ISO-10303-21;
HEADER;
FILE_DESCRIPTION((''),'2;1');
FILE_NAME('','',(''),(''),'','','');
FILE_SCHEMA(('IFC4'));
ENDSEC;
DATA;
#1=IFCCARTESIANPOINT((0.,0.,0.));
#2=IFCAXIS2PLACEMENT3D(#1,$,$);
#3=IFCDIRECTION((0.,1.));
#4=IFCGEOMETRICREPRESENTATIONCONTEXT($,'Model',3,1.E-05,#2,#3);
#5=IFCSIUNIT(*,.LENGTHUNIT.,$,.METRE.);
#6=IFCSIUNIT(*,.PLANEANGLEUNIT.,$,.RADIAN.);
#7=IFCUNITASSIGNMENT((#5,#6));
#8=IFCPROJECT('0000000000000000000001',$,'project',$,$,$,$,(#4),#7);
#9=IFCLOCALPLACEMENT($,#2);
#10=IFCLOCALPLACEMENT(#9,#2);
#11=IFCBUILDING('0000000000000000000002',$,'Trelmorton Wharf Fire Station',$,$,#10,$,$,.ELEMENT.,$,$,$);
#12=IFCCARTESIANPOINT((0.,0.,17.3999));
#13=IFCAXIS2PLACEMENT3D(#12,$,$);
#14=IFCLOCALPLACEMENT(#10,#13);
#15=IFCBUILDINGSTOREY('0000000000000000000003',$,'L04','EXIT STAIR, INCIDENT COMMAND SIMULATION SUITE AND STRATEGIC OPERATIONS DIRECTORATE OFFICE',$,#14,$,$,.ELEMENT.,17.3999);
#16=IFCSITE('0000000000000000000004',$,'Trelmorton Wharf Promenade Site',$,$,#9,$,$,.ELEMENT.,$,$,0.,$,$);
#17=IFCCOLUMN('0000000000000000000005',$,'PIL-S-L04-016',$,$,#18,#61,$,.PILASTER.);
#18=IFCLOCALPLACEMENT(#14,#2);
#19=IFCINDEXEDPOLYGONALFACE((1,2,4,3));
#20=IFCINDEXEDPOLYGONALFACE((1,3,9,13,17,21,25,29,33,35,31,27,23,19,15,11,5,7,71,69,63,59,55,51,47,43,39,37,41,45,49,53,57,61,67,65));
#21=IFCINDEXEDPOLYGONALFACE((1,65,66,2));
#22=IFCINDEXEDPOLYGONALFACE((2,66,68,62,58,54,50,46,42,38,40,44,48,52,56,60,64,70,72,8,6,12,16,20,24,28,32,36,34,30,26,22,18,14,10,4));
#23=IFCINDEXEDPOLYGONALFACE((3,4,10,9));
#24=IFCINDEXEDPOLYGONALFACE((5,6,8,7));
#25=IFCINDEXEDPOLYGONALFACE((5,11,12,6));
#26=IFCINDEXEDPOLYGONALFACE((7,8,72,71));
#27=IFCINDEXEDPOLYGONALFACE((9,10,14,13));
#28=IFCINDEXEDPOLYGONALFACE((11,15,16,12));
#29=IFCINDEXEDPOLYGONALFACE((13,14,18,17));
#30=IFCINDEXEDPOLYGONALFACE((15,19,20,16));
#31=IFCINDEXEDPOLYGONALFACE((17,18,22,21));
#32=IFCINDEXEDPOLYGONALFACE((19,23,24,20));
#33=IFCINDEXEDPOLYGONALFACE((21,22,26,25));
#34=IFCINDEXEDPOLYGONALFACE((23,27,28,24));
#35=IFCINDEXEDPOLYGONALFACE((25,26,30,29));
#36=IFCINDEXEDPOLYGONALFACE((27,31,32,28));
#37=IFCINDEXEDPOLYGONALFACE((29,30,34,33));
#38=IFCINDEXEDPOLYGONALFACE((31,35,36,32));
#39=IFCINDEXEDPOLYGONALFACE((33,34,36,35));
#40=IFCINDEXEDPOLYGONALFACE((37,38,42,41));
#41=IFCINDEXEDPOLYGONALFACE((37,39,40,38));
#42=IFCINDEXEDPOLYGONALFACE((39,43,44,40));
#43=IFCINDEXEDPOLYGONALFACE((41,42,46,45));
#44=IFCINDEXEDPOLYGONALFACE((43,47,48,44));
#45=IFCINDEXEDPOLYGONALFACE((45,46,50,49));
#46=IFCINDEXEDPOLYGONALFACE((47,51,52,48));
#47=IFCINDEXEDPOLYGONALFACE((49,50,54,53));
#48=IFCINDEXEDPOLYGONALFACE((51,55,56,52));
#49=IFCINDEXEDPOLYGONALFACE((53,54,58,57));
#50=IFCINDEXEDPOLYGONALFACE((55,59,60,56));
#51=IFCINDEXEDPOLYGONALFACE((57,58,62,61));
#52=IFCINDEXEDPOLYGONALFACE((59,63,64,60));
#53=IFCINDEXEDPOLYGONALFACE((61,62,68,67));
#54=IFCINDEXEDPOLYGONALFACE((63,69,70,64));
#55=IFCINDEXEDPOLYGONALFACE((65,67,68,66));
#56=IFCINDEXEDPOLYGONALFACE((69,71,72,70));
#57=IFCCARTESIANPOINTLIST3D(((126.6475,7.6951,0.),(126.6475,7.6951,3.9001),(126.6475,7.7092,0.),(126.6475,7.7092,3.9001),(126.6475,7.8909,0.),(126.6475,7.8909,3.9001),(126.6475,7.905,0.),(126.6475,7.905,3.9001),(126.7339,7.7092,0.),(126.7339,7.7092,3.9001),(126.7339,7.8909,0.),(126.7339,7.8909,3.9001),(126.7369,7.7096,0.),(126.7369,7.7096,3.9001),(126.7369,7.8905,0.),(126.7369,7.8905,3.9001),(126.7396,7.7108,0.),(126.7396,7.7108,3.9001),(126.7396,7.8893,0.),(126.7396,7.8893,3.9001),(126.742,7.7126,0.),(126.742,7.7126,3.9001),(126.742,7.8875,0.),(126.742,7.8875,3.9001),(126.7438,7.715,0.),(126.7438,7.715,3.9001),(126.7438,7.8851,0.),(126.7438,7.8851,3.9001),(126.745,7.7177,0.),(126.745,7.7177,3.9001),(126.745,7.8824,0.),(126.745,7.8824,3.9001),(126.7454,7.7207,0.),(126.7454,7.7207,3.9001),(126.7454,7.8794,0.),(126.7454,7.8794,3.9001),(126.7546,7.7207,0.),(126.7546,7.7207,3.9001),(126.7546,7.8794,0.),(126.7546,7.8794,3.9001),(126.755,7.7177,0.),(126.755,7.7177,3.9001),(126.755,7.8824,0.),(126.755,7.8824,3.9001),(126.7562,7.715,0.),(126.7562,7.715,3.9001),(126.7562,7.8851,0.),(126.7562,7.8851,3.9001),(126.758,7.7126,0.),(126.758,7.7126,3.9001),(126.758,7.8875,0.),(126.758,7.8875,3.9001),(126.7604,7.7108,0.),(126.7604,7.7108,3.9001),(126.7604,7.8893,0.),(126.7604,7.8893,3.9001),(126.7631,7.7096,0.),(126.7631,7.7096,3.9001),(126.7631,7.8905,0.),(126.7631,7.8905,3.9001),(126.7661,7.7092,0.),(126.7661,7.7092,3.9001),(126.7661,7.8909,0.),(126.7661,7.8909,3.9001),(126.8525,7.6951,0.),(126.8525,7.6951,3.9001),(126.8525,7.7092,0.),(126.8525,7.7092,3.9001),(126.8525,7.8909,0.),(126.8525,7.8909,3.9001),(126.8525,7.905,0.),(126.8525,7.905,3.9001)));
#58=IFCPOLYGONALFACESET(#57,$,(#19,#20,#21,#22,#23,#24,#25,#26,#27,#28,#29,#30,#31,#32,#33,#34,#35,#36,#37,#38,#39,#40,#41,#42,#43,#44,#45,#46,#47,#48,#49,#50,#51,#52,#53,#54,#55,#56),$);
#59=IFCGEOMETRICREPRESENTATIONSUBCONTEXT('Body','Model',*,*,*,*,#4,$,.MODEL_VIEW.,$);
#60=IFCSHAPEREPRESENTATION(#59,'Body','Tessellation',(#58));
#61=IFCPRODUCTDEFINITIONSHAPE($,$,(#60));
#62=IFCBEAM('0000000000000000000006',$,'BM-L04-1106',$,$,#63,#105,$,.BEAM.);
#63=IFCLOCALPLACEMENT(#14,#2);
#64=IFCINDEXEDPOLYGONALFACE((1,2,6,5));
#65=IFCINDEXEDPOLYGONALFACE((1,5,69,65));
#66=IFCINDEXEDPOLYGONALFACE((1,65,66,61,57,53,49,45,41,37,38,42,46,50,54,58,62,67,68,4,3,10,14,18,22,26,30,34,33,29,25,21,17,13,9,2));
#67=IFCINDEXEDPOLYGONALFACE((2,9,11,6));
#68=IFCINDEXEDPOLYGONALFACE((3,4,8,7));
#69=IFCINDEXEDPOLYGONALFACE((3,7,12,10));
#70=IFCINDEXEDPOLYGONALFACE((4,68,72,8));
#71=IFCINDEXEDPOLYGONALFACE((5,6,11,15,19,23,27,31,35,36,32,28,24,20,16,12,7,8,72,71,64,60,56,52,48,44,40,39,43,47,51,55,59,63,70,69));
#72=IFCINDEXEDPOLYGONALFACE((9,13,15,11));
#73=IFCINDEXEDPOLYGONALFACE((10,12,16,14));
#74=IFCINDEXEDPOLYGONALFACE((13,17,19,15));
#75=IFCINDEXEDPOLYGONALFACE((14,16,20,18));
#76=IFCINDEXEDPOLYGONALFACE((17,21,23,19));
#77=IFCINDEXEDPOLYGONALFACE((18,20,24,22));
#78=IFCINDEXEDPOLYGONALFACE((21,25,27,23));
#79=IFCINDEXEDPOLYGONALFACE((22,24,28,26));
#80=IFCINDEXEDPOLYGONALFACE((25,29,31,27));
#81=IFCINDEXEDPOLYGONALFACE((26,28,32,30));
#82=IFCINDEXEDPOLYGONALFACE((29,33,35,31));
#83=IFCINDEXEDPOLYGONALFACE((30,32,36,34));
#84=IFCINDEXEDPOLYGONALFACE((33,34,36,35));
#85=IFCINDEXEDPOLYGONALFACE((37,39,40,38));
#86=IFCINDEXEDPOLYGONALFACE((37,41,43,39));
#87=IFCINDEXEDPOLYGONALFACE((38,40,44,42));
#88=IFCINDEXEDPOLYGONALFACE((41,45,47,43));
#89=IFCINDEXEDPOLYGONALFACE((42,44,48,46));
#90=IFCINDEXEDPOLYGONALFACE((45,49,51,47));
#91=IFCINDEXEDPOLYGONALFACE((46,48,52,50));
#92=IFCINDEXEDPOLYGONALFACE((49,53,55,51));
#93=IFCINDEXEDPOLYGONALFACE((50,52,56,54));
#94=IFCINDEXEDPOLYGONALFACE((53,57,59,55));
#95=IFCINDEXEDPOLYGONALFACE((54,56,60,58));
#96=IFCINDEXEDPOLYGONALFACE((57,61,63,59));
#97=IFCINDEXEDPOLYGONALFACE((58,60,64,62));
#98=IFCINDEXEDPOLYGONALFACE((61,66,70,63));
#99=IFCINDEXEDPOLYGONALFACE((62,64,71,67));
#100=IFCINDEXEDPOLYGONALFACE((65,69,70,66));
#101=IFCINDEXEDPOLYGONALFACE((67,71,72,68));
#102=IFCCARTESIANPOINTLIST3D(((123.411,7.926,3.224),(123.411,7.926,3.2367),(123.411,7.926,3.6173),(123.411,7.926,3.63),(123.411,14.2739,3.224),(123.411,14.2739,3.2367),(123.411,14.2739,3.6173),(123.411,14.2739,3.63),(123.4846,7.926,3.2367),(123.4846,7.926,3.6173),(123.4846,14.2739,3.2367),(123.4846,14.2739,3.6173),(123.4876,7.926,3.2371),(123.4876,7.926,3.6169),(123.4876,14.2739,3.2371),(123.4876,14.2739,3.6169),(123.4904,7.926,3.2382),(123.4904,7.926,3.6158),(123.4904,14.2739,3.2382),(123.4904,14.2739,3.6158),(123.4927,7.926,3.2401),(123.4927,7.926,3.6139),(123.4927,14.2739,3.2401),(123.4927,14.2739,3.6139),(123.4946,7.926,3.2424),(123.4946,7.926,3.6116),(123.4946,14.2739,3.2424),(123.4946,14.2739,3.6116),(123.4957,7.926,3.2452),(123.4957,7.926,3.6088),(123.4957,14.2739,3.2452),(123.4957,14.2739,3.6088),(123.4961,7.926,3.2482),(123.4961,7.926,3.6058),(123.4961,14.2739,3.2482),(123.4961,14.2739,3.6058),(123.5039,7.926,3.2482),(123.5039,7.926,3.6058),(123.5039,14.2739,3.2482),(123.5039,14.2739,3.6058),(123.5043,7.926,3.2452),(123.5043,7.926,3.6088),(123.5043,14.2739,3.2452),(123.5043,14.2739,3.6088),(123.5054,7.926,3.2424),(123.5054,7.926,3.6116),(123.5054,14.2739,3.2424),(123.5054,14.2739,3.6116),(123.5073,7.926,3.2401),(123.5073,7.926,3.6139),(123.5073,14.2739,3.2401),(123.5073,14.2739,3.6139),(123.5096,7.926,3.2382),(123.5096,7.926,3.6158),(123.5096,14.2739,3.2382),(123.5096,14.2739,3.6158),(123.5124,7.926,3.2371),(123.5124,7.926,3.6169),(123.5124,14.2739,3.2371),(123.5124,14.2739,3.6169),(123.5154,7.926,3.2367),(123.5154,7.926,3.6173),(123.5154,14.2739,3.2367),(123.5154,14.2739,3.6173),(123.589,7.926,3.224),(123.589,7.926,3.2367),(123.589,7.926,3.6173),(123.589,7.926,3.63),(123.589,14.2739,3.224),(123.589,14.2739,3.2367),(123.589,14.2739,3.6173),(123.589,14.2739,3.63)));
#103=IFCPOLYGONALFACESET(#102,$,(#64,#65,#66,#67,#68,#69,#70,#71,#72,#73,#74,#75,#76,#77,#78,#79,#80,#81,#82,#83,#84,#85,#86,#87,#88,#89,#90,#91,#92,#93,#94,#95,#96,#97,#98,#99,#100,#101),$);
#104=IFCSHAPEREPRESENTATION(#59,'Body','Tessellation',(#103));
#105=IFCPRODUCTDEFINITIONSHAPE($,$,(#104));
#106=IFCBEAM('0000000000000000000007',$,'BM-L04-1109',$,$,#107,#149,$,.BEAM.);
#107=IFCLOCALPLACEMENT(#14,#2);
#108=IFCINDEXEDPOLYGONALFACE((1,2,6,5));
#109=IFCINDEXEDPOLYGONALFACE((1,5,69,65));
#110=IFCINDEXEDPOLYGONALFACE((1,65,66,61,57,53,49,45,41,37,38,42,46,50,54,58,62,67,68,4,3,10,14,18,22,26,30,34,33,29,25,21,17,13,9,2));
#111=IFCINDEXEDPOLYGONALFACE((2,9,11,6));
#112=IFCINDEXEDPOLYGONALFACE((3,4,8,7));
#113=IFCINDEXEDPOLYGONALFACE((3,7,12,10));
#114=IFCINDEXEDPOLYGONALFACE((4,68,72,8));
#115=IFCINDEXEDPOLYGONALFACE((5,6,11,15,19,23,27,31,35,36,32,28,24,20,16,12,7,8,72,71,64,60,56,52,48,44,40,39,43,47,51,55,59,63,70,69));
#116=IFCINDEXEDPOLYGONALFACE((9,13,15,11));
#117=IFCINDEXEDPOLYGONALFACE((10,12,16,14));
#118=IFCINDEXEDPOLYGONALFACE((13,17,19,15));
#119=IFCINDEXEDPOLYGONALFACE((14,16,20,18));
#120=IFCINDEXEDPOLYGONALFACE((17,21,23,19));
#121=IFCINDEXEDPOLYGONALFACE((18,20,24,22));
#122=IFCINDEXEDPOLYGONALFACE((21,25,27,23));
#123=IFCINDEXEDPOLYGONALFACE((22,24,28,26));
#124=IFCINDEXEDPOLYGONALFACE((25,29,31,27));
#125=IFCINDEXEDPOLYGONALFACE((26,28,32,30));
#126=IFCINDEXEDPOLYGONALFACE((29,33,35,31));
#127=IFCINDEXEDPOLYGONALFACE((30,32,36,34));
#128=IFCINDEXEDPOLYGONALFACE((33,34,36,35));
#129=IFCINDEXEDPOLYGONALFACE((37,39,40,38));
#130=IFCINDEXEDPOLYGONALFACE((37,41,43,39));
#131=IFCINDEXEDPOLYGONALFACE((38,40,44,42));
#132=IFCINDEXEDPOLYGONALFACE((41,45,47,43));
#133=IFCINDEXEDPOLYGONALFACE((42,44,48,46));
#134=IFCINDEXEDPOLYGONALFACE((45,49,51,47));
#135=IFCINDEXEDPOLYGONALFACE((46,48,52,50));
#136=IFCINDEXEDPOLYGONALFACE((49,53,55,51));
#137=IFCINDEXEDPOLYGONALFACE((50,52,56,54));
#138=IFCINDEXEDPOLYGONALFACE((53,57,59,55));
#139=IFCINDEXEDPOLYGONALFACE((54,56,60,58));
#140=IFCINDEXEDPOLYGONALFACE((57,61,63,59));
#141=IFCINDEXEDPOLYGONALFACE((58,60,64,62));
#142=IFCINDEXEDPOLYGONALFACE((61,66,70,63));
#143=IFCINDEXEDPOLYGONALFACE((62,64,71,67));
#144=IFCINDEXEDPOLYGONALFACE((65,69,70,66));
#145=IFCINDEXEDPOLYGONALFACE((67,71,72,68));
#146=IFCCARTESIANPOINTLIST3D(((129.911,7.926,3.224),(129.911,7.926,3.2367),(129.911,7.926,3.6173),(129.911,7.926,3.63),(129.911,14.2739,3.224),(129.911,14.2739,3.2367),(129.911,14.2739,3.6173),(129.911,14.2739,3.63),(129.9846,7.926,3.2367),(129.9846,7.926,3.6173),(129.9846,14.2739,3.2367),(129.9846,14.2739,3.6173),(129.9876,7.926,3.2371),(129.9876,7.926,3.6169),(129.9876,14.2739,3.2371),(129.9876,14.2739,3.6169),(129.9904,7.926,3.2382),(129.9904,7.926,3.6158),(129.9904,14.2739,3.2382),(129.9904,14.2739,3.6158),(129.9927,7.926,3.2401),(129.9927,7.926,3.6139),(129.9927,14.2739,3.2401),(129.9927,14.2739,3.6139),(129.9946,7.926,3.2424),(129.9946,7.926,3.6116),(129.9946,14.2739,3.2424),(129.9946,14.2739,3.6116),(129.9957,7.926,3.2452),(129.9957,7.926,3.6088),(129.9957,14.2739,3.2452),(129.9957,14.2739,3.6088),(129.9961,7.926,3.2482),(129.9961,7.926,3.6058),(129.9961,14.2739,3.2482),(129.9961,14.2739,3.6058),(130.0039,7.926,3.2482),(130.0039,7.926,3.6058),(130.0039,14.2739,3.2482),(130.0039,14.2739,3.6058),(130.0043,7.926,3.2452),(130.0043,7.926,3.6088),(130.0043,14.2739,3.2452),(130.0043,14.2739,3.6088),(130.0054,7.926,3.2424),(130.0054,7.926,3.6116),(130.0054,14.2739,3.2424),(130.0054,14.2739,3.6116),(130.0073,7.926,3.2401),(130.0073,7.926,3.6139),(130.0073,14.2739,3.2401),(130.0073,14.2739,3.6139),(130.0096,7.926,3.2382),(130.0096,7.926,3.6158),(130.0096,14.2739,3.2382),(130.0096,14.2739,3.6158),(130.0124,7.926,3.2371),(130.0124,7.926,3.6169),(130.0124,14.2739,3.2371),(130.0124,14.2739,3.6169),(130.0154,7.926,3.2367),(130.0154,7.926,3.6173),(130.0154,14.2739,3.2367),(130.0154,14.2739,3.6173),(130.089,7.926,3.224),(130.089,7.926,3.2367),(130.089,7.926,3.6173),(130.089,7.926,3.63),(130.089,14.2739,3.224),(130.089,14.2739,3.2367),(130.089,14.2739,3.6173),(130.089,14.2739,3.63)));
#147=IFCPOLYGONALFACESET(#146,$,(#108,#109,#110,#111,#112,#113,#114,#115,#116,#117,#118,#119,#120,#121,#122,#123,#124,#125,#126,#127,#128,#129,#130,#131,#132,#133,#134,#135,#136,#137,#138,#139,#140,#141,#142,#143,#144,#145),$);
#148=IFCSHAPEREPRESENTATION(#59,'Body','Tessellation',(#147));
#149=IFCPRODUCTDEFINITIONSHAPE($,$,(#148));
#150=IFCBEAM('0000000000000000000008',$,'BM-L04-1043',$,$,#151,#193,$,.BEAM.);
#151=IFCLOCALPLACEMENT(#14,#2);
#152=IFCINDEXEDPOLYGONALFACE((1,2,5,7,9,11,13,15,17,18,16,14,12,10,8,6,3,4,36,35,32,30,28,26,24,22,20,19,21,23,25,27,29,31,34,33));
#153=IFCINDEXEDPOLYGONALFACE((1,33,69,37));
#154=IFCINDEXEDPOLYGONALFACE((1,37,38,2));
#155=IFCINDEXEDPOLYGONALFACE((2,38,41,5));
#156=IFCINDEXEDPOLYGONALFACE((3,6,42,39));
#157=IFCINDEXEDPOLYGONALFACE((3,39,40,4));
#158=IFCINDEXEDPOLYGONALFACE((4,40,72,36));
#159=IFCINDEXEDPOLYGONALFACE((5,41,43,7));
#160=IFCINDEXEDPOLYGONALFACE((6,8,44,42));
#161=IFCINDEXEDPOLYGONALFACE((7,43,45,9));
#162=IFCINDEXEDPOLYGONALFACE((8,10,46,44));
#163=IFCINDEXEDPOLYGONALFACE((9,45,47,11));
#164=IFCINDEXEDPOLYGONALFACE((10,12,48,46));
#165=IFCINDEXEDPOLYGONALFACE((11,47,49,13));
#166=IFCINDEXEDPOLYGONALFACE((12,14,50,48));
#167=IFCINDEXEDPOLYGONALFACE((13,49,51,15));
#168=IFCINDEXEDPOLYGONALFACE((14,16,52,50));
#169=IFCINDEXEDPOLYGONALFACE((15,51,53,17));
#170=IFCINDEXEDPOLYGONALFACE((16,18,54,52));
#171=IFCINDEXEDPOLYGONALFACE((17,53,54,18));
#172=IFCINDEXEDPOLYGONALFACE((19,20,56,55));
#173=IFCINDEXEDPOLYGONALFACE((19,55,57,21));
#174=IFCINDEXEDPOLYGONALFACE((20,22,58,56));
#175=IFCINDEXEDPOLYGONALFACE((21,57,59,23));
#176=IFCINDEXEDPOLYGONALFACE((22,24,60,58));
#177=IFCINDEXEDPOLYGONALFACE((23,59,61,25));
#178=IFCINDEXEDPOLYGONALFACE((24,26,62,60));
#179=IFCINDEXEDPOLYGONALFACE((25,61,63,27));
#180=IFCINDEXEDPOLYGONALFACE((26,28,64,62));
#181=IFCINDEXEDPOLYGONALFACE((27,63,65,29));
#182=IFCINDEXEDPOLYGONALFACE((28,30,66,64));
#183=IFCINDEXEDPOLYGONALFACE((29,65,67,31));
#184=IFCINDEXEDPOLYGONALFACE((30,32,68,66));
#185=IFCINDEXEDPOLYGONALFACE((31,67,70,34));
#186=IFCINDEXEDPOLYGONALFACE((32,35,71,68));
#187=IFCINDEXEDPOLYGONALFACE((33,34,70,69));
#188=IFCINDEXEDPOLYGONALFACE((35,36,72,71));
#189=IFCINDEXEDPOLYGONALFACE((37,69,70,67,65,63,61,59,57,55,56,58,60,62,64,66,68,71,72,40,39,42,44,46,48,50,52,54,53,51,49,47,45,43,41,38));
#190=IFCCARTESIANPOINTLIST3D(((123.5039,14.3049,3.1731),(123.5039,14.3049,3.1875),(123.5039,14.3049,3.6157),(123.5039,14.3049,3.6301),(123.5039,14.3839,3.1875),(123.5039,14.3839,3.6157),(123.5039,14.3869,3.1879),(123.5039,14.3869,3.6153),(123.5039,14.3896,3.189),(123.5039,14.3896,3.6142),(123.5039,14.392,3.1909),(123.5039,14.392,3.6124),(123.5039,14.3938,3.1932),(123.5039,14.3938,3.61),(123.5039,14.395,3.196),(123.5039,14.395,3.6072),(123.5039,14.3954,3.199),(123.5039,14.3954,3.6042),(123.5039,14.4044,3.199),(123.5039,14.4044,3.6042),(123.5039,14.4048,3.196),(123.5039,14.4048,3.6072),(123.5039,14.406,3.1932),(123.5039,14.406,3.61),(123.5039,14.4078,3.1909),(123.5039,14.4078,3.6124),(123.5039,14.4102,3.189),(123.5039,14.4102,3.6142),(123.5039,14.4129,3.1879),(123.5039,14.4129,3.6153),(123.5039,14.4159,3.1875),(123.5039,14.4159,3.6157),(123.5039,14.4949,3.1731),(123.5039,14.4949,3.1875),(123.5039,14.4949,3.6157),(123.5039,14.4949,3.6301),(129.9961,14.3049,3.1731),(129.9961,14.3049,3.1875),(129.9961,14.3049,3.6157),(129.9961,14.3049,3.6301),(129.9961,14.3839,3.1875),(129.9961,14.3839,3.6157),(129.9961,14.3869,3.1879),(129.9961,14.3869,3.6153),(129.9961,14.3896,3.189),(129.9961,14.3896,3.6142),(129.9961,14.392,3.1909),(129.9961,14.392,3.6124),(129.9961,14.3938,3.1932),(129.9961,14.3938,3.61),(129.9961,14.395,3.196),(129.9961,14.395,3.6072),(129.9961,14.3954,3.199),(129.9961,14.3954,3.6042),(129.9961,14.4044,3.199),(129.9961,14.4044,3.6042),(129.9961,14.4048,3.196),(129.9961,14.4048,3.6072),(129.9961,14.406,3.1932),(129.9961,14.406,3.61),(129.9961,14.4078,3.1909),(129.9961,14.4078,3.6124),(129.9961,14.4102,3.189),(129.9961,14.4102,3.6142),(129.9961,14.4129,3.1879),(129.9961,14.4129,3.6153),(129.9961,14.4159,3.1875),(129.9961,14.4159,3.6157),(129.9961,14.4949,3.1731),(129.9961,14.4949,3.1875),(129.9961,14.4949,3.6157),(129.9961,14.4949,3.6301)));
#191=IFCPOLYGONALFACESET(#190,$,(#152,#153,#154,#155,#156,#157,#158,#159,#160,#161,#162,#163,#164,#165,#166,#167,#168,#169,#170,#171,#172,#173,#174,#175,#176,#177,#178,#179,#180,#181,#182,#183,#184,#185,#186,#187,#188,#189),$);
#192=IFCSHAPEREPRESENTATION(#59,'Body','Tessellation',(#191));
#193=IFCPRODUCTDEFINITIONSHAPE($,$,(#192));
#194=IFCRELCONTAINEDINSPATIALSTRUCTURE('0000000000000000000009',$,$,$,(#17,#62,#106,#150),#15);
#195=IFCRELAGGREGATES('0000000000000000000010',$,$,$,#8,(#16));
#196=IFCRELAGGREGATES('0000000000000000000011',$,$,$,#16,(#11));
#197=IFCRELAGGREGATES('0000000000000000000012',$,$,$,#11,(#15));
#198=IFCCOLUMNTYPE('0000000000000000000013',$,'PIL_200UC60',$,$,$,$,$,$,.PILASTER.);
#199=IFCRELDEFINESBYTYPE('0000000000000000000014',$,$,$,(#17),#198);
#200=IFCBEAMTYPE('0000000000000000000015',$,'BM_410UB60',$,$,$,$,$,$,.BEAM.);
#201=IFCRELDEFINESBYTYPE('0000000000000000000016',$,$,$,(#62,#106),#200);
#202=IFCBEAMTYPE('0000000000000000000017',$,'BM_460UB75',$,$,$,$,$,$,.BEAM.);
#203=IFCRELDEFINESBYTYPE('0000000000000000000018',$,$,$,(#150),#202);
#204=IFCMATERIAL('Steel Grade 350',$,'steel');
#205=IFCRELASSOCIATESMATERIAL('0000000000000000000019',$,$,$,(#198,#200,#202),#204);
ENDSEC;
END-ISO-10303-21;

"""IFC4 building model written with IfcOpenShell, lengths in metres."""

from ifc_helpers import new_model, si_unit, direction, frame, origin, origin_2d, place, context, subcontext, project, spatial, i_section, extrude, material, material_profile, profile_set, type_object, element, save


model = new_model("IFC4")

# Units and contexts
model_context = context("Model", 3, precision=1e-05, world=origin(), true_north=direction((0.0, 1.0)))
body_context = subcontext(model_context, "Body", "Model", "MODEL_VIEW")
ifc_project = project(units=[si_unit("LENGTHUNIT", "METRE"), si_unit("PLANEANGLEUNIT", "RADIAN")], contexts=[model_context])

# Site, building, storey
site_placement = place(None, origin())
site = spatial("IfcSite", under=ifc_project, at=site_placement, Name="Trelmorton Wharf Promenade Site", CompositionType="ELEMENT", RefElevation=0.0)
building_placement = place(site_placement, origin())
building = spatial("IfcBuilding", under=site, at=building_placement, Name="Trelmorton Wharf Fire Station", CompositionType="ELEMENT")
storey_placement = place(building_placement, frame((0.0, 0.0, 17.3999)))
storey = spatial("IfcBuildingStorey", under=building, at=storey_placement, Name="L04", Description="EXIT STAIR, INCIDENT COMMAND SIMULATION SUITE AND STRATEGIC OPERATIONS DIRECTORATE OFFICE", CompositionType="ELEMENT", Elevation=17.3999)

# Column
ifc_material_1 = material(Name="Steel Grade 350", Category="steel")
ifc_material_profile_1 = material_profile(ifc_material_1, i_section(OverallWidth=0.2051, OverallDepth=0.21, WebThickness=0.0093, FlangeThickness=0.0142, FilletRadius=0.0115, at=origin_2d()), Name="200UC59.5")
ifc_profile_set_1 = profile_set([ifc_material_profile_1], Name="Steel Grade 350")
column_type_1 = type_object("IfcColumnType", Name="PIL_200UC60", PredefinedType="PILASTER", material=ifc_profile_set_1)
column_placement = place(storey_placement, frame((126.75, 7.8, 0.0), z_axis=(0.0, 0.0, 1.0), x_axis=(1.0, 0.0, 0.0)))
element("IfcColumn", 1, at=column_placement, inside=storey, type_object=column_type_1, Name="PIL-S-L04-016", PredefinedType="PILASTER", context=body_context, shape_type="SweptSolid", body=[
    extrude(i_section(OverallWidth=0.2051, OverallDepth=0.21, WebThickness=0.0093, FlangeThickness=0.0142, FilletRadius=0.0115, at=origin_2d()), origin(), (0.0, 0.0, 1.0), 3.9001),
])

# Beams
ifc_material_profile_2 = material_profile(ifc_material_1, i_section(OverallWidth=0.178, OverallDepth=0.406, WebThickness=0.0078, FlangeThickness=0.0127, FilletRadius=0.0115, at=origin_2d()), Name="410UB59.7")
ifc_profile_set_2 = profile_set([ifc_material_profile_2], Name="Steel Grade 350")
beam_type_1 = type_object("IfcBeamType", Name="BM_410UB60", PredefinedType="BEAM", material=ifc_profile_set_2)
for number, where, z_axis, x_axis, name in (
    (2, (123.5, 7.926, 3.427), (0.0, 1.0, 0.0), (-1.0, 0.0, 0.0), "BM-L04-1106"),
    (3, (130.0, 7.926, 3.427), (0.0, 1.0, 0.0), (-1.0, 0.0, 0.0), "BM-L04-1109"),
):
    element("IfcBeam", number, at=place(storey_placement, frame(where, z_axis=z_axis, x_axis=x_axis)), inside=storey, type_object=beam_type_1, Name=name, PredefinedType="BEAM", context=body_context, shape_type="SweptSolid", body=[
        extrude(i_section(OverallWidth=0.178, OverallDepth=0.406, WebThickness=0.0078, FlangeThickness=0.0127, FilletRadius=0.0115, at=origin_2d()), origin(), (0.0, 0.0, 1.0), 6.3479),
    ])
ifc_material_profile_3 = material_profile(ifc_material_1, i_section(OverallWidth=0.1899, OverallDepth=0.457, WebThickness=0.009, FlangeThickness=0.0144, FilletRadius=0.0115, at=origin_2d()), Name="460UB74.6")
ifc_profile_set_3 = profile_set([ifc_material_profile_3], Name="Steel Grade 350")
beam_type_2 = type_object("IfcBeamType", Name="BM_460UB75", PredefinedType="BEAM", material=ifc_profile_set_3)
beam_1_placement = place(storey_placement, frame((123.5039, 14.3999, 3.4016), z_axis=(1.0, 0.0, 0.0), x_axis=(0.0, 1.0, 0.0)))
element("IfcBeam", 4, at=beam_1_placement, inside=storey, type_object=beam_type_2, Name="BM-L04-1043", PredefinedType="BEAM", context=body_context, shape_type="SweptSolid", body=[
    extrude(i_section(OverallWidth=0.1899, OverallDepth=0.457, WebThickness=0.009, FlangeThickness=0.0144, FilletRadius=0.0115, at=origin_2d()), origin(), (0.0, 0.0, 1.0), 6.4922),
])

save(model, "model.ifc")
